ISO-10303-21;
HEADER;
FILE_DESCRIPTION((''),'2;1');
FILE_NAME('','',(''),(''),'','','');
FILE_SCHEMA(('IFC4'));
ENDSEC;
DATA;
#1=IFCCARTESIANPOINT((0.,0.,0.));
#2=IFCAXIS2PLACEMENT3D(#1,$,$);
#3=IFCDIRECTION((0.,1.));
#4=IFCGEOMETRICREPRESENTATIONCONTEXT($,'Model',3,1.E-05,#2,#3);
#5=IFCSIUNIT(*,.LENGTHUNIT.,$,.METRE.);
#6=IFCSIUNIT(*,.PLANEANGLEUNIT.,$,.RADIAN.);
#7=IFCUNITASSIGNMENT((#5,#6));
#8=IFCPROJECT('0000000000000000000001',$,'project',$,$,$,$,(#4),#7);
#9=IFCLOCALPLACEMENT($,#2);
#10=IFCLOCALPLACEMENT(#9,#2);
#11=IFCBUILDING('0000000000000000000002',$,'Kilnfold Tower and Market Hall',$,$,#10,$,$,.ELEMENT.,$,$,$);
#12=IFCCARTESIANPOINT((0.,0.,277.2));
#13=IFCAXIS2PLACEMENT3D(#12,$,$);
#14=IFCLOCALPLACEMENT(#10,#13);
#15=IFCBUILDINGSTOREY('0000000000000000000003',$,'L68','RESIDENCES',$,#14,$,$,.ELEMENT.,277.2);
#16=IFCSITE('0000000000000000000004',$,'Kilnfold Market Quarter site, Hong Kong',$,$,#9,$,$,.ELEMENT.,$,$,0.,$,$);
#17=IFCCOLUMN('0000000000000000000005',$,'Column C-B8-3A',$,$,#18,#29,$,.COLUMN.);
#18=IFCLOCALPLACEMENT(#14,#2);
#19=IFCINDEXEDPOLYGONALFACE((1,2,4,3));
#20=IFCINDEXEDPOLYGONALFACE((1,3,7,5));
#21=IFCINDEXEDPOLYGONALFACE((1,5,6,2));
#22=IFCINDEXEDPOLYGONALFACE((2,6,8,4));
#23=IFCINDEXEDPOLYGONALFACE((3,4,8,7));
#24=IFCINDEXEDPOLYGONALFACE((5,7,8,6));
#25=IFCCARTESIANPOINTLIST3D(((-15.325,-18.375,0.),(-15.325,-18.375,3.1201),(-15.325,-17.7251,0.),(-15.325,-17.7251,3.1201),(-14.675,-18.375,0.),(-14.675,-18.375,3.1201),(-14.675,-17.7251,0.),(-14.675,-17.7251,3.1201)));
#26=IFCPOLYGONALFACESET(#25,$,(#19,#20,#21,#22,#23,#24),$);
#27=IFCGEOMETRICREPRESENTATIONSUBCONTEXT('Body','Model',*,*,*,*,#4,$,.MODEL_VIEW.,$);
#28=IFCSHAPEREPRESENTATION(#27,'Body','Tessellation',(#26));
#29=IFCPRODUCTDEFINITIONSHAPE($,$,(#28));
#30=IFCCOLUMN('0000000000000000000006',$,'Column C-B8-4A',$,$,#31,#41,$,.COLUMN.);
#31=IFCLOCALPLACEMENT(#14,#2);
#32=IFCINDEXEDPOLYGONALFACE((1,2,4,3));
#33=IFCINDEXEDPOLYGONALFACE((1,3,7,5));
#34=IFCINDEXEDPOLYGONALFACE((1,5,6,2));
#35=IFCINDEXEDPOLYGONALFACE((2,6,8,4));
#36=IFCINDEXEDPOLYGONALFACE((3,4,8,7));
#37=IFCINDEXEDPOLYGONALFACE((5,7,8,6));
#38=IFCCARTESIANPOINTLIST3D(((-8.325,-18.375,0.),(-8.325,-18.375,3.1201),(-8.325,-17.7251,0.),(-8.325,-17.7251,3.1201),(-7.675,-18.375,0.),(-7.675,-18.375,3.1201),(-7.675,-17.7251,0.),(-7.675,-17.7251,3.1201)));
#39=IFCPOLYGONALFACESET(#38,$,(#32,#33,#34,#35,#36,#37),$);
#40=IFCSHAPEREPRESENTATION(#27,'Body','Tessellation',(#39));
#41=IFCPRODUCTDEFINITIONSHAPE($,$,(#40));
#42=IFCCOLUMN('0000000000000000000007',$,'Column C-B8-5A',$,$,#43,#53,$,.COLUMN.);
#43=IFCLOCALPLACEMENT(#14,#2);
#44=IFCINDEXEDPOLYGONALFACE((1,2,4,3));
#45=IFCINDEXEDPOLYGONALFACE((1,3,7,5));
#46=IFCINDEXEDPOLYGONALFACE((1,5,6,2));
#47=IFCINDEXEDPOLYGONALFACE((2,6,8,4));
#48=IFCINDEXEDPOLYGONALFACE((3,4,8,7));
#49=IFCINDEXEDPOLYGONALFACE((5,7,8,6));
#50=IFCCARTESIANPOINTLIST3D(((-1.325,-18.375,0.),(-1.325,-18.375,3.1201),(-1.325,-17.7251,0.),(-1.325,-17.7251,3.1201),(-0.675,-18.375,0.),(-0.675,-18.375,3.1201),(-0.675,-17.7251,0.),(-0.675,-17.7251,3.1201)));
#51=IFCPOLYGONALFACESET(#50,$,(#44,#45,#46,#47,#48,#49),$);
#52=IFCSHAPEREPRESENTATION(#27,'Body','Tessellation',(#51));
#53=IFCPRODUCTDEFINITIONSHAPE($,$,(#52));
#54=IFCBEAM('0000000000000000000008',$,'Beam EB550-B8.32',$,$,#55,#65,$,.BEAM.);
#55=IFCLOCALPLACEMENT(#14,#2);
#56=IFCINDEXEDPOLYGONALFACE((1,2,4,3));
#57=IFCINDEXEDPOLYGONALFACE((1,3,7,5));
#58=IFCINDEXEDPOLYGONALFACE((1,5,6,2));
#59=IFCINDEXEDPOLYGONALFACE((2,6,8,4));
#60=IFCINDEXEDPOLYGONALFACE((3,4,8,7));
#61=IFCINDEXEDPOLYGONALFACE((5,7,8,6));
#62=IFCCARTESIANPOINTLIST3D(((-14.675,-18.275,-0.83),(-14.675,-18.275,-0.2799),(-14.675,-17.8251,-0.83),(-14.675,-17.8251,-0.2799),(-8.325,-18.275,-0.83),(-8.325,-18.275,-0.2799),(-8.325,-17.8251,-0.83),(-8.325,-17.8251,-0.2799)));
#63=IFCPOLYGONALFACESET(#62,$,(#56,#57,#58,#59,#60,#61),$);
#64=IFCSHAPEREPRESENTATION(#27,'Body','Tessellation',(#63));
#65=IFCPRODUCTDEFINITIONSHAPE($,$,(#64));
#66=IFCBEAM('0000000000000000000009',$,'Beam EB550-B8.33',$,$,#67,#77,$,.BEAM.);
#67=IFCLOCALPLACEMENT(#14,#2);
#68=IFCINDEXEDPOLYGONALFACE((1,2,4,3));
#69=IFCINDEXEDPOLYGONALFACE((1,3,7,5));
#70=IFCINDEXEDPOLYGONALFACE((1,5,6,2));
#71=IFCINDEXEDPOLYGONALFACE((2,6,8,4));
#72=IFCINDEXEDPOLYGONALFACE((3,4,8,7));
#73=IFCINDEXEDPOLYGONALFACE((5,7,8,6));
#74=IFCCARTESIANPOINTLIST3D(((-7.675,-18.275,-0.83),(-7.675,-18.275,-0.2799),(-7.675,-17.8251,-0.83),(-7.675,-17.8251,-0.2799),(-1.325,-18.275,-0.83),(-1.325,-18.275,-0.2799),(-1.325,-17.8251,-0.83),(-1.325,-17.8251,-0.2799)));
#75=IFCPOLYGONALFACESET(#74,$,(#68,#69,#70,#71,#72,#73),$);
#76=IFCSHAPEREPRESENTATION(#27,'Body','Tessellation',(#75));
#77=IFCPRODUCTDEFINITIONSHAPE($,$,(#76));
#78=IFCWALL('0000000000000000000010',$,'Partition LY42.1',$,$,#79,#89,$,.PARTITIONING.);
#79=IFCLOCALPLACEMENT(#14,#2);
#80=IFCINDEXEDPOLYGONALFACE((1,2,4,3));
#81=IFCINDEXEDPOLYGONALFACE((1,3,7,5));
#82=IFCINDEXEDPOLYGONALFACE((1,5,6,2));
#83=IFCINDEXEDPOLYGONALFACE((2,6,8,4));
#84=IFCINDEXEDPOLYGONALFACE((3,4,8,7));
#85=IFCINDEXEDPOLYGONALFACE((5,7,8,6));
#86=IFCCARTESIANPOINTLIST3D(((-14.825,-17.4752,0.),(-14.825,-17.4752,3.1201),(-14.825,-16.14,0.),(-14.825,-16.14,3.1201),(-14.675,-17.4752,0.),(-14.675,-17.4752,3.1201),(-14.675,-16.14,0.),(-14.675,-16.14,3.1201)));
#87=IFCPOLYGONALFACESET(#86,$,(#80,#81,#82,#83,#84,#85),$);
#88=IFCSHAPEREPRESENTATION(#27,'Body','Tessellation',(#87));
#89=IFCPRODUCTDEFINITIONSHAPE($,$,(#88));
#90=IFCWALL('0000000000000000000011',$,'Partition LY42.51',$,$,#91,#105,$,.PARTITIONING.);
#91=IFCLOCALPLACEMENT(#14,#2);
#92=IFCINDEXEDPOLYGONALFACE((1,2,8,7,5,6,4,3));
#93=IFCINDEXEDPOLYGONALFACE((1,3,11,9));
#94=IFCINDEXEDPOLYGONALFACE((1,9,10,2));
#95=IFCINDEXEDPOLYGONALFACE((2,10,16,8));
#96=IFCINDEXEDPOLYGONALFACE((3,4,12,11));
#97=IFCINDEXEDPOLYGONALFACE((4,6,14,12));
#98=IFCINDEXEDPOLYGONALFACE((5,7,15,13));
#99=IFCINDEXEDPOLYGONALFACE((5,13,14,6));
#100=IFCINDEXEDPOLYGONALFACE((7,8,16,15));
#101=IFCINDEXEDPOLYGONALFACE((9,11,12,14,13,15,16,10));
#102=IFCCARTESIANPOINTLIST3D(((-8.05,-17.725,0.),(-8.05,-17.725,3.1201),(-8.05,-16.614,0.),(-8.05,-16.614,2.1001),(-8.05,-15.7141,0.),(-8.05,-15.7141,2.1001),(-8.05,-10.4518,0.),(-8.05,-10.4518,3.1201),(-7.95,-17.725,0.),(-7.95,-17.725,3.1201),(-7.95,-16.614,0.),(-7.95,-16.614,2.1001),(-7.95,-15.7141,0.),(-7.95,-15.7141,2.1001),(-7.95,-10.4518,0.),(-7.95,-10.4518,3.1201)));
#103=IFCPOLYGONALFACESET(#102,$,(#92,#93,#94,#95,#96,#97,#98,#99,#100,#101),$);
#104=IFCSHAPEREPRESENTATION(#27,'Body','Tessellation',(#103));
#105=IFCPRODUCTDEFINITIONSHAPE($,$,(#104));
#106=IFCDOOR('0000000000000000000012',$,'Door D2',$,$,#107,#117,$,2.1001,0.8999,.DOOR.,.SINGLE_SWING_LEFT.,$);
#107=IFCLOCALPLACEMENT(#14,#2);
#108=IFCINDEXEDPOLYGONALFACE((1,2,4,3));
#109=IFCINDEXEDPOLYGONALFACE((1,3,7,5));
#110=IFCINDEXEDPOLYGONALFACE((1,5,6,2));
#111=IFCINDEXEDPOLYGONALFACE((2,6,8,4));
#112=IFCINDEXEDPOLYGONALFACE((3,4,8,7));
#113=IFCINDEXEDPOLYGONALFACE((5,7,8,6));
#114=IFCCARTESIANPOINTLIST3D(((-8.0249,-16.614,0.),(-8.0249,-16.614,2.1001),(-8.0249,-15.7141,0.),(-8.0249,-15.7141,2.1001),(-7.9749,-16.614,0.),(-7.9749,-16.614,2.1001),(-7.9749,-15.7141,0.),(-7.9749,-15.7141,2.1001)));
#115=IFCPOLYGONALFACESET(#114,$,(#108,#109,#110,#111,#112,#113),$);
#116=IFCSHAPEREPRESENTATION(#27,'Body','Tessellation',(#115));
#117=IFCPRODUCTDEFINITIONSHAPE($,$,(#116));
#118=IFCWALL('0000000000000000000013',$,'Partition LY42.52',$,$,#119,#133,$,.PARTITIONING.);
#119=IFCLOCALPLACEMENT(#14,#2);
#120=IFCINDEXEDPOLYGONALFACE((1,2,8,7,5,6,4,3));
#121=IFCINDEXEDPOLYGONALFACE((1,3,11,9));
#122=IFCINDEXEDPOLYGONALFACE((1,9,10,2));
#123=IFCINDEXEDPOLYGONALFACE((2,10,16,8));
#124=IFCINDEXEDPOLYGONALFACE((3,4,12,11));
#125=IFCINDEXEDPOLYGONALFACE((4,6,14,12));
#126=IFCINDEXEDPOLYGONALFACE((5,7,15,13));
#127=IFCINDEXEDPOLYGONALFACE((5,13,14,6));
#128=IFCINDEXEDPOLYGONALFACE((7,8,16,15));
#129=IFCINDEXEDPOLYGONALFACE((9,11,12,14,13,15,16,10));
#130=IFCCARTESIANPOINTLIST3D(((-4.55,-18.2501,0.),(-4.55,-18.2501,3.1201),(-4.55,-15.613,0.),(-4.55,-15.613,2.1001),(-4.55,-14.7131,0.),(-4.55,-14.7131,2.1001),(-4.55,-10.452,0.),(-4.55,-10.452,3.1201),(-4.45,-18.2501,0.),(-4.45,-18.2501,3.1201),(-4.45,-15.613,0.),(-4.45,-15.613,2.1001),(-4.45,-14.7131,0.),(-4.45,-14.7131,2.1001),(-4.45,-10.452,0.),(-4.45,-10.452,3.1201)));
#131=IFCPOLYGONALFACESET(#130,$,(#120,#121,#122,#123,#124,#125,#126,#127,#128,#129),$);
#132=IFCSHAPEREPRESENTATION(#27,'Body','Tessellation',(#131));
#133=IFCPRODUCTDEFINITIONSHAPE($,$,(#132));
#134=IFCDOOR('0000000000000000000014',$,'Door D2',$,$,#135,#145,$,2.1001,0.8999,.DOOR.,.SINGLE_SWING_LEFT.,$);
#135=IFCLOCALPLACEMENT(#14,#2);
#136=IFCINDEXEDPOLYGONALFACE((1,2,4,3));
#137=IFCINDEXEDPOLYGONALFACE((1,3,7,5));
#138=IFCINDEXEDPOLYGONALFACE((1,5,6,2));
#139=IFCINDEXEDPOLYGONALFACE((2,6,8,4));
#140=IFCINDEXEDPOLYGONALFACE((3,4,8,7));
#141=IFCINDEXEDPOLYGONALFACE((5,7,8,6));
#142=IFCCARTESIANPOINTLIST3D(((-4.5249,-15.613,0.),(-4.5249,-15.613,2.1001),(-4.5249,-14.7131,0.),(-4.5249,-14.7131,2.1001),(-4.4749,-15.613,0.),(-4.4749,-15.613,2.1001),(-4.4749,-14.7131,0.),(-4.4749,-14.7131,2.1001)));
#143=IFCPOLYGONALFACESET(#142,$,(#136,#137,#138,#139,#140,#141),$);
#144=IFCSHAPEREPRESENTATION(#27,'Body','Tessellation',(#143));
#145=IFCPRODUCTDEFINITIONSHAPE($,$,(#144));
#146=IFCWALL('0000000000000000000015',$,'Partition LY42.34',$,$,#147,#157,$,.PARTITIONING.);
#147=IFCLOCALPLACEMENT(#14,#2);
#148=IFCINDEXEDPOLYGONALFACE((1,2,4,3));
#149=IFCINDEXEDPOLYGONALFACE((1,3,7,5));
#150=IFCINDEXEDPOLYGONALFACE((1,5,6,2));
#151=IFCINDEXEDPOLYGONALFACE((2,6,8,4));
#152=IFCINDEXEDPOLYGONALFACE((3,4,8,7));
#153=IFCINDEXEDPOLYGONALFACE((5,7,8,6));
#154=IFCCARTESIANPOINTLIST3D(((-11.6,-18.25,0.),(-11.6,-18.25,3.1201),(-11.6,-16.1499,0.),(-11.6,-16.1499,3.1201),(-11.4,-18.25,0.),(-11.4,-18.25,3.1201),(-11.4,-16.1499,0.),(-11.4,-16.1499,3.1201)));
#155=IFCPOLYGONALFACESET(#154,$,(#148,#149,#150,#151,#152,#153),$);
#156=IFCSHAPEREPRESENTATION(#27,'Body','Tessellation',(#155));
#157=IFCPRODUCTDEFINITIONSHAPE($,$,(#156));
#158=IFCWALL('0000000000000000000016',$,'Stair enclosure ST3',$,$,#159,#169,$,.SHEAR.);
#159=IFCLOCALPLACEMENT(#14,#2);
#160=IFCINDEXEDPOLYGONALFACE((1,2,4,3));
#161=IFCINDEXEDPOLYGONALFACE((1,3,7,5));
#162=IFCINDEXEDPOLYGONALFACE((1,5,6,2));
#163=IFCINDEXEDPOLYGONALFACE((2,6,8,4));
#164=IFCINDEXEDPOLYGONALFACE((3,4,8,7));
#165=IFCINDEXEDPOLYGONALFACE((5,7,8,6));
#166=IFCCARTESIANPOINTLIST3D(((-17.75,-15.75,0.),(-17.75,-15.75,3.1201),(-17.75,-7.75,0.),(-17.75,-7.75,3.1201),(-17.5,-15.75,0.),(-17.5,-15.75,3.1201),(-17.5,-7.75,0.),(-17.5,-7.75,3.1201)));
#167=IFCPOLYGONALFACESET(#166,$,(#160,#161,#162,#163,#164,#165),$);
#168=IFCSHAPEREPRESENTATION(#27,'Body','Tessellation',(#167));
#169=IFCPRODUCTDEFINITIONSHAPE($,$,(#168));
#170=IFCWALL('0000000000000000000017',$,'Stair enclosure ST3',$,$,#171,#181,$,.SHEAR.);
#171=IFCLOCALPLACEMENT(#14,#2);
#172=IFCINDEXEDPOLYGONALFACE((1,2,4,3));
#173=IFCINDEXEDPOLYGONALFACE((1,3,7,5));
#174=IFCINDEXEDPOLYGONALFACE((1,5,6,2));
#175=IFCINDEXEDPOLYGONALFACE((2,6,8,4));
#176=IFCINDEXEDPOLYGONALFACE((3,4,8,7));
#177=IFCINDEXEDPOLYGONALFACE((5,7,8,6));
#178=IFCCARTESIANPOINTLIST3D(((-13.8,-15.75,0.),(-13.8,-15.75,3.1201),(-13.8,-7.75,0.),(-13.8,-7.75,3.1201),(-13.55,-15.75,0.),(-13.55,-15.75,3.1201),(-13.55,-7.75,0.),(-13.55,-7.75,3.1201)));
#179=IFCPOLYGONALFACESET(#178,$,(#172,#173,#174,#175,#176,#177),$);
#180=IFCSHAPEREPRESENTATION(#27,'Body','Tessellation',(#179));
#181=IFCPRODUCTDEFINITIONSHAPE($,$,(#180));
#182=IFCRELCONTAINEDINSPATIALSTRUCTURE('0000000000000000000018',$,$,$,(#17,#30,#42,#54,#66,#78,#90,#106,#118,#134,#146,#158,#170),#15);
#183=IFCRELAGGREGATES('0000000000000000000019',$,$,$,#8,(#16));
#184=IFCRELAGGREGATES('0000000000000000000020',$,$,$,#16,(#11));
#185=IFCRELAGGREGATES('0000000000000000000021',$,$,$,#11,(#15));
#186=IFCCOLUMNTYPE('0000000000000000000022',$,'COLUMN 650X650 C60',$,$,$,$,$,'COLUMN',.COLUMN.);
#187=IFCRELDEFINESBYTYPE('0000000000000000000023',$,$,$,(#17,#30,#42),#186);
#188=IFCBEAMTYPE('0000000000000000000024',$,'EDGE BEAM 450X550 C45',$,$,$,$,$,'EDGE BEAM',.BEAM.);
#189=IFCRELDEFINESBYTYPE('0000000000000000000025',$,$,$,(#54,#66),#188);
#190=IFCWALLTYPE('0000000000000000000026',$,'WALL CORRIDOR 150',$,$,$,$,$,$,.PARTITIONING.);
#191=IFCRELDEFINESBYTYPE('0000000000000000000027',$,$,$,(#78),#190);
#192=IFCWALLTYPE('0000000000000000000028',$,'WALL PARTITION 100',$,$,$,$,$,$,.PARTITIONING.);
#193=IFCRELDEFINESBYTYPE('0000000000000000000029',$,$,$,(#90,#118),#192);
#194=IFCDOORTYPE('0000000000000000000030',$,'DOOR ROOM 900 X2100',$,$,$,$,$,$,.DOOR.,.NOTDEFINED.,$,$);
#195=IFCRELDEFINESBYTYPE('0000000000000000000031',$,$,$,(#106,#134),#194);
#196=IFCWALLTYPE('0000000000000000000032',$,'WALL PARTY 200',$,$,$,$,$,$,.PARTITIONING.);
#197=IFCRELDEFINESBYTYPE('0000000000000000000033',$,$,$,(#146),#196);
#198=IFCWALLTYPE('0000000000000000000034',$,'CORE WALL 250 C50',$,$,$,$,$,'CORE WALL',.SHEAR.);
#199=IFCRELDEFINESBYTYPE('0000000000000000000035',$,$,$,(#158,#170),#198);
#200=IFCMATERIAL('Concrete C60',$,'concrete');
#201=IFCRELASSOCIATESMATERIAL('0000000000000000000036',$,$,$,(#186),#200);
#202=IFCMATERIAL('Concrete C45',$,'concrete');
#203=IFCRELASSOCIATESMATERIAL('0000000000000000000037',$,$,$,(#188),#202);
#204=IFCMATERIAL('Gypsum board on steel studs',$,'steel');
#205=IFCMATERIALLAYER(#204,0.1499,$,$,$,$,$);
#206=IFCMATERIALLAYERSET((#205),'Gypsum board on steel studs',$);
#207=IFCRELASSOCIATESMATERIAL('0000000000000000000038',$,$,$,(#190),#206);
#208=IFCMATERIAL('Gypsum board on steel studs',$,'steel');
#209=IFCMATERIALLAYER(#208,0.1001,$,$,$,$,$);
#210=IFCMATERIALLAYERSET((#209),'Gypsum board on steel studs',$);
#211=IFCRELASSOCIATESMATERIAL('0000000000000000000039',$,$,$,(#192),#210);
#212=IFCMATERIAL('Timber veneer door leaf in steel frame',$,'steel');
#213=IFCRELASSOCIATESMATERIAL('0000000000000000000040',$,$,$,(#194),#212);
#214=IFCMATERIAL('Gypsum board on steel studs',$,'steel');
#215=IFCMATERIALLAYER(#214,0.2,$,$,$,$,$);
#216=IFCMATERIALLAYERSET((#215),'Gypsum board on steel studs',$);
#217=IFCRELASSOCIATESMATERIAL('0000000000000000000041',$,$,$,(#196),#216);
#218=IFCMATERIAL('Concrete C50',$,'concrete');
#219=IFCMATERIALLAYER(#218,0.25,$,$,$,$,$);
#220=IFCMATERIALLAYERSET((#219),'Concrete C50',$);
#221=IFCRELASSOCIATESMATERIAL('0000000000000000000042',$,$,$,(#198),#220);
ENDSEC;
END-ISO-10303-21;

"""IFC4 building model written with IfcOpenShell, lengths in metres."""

from ifc_helpers import new_model, si_unit, direction, frame, frame_2d, origin, origin_2d, place, context, subcontext, project, spatial, rectangle, extrude, source, transform, mapped, material, layer, layer_set, material_profile, profile_set, type_object, element, fill, save


model = new_model("IFC4")

# Units and contexts
model_context = context("Model", 3, precision=1e-05, world=origin(), true_north=direction((0.0, 1.0)))
body_context = subcontext(model_context, "Body", "Model", "MODEL_VIEW")
ifc_project = project(units=[si_unit("LENGTHUNIT", "METRE"), si_unit("PLANEANGLEUNIT", "RADIAN")], contexts=[model_context])

# Site, building, storey
site_placement = place(None, origin())
site = spatial("IfcSite", under=ifc_project, at=site_placement, Name="Kilnfold Market Quarter site, Hong Kong", CompositionType="ELEMENT", RefElevation=0.0)
building_placement = place(site_placement, origin())
building = spatial("IfcBuilding", under=site, at=building_placement, Name="Kilnfold Tower and Market Hall", CompositionType="ELEMENT")
storey_placement = place(building_placement, frame((0.0, 0.0, 277.2)))
storey = spatial("IfcBuildingStorey", under=building, at=storey_placement, Name="L68", Description="RESIDENCES", CompositionType="ELEMENT", Elevation=277.2)

# Columns
ifc_material_1 = material(Name="Concrete C60", Category="concrete")
ifc_material_profile_1 = material_profile(ifc_material_1, rectangle(XDim=0.6499, YDim=0.6499, at=origin_2d()), Name="RC 650x650")
ifc_profile_set_1 = profile_set([ifc_material_profile_1], Name="Concrete C60")
column_type = type_object("IfcColumnType", Name="COLUMN 650X650 C60", ElementType="COLUMN", PredefinedType="COLUMN", material=ifc_profile_set_1)
shared_shape_1 = source(origin(), body_context, "Body", "SweptSolid", [
    extrude(rectangle(XDim=0.6499, YDim=0.6499, at=origin_2d()), origin(), (0.0, 0.0, 1.0), 3.1201),
])
for number, where, z_axis, x_axis, name in (
    (1, (-15.0, -18.05, 0.0), (0.0, 0.0, 1.0), (1.0, 0.0, 0.0), "Column C-B8-3A"),
    (2, (-8.0, -18.05, 0.0), (0.0, 0.0, 1.0), (1.0, 0.0, 0.0), "Column C-B8-4A"),
    (3, (-1.0, -18.05, 0.0), (0.0, 0.0, 1.0), (1.0, 0.0, 0.0), "Column C-B8-5A"),
):
    element("IfcColumn", number, at=place(storey_placement, frame(where, z_axis=z_axis, x_axis=x_axis)), inside=storey, type_object=column_type, Name=name, PredefinedType="COLUMN", context=body_context, shape_type="MappedRepresentation", body=[
        mapped(shared_shape_1, transform((0.0, 0.0, 0.0))),
    ])

# Beams
ifc_material_2 = material(Name="Concrete C45", Category="concrete")
ifc_material_profile_2 = material_profile(ifc_material_2, rectangle(XDim=0.45, YDim=0.55, at=origin_2d()), Name="RC 450x550")
ifc_profile_set_2 = profile_set([ifc_material_profile_2], Name="Concrete C45")
beam_type = type_object("IfcBeamType", Name="EDGE BEAM 450X550 C45", ElementType="EDGE BEAM", PredefinedType="BEAM", material=ifc_profile_set_2)
shared_shape_2 = source(origin(), body_context, "Body", "SweptSolid", [
    extrude(rectangle(XDim=0.45, YDim=0.55, at=origin_2d()), origin(), (0.0, 0.0, 1.0), 6.3501),
])
for number, where, z_axis, x_axis, name in (
    (4, (-14.675, -18.05, -0.5549), (1.0, 0.0, 0.0), (0.0, 1.0, 0.0), "Beam EB550-B8.32"),
    (5, (-7.675, -18.05, -0.5549), (1.0, 0.0, 0.0), (0.0, 1.0, 0.0), "Beam EB550-B8.33"),
):
    element("IfcBeam", number, at=place(storey_placement, frame(where, z_axis=z_axis, x_axis=x_axis)), inside=storey, type_object=beam_type, Name=name, PredefinedType="BEAM", context=body_context, shape_type="MappedRepresentation", body=[
        mapped(shared_shape_2, transform((0.0, 0.0, 0.0))),
    ])

# Wall
ifc_material_3 = material(Name="Gypsum board on steel studs", Category="steel")
ifc_layer_1 = layer(ifc_material_3, 0.1499)
ifc_layer_set_1 = layer_set([ifc_layer_1], Name="Gypsum board on steel studs")
wall_type_1 = type_object("IfcWallType", Name="WALL CORRIDOR 150", PredefinedType="PARTITIONING", material=ifc_layer_set_1)
wall_1_placement = place(storey_placement, frame((-14.75, -17.4751, 0.0), z_axis=(0.0, 0.0, 1.0), x_axis=(0.0, 1.0, 0.0)))
element("IfcWall", 6, at=wall_1_placement, inside=storey, type_object=wall_type_1, Name="Partition LY42.1", PredefinedType="PARTITIONING", context=body_context, shape_type="SweptSolid", body=[
    extrude(rectangle(XDim=1.3352, YDim=0.1499, at=frame_2d((0.6675, 0.0))), origin(), (0.0, 0.0, 1.0), 3.1201),
])

# Walls, openings, doors
ifc_material_4 = material(Name="Gypsum board on steel studs", Category="steel")
ifc_layer_2 = layer(ifc_material_4, 0.1001)
ifc_layer_set_2 = layer_set([ifc_layer_2], Name="Gypsum board on steel studs")
wall_type_2 = type_object("IfcWallType", Name="WALL PARTITION 100", PredefinedType="PARTITIONING", material=ifc_layer_set_2)
wall_2_placement = place(storey_placement, frame((-8.0, -17.7251, 0.0), z_axis=(0.0, 0.0, 1.0), x_axis=(0.0, 1.0, 0.0)))
wall_2 = element("IfcWall", 7, at=wall_2_placement, inside=storey, type_object=wall_type_2, Name="Partition LY42.51", PredefinedType="PARTITIONING", context=body_context, shape_type="SweptSolid", body=[
    extrude(rectangle(XDim=7.2732, YDim=0.1001, at=frame_2d((3.6367, 0.0))), origin(), (0.0, 0.0, 1.0), 3.1201),
])
opening_1_placement = place(wall_2_placement, frame((1.1111, 0.0, 0.0)))
opening_1 = element("IfcOpeningElement", 8, at=opening_1_placement, cuts=wall_2, PredefinedType="OPENING", context=body_context, shape_type="SweptSolid", body=[
    extrude(rectangle(XDim=0.8999, YDim=2.1001, at=frame_2d((0.45, 1.05))), frame((0.0, 0.0601, 0.0), z_axis=(0.0, -1.0, 0.0), x_axis=(1.0, 0.0, 0.0)), (0.0, 0.0, 1.0), 0.1201),
])
ifc_material_5 = material(Name="Timber veneer door leaf in steel frame", Category="steel")
door_type = type_object("IfcDoorType", Name="DOOR ROOM 900 X2100", OperationType="NOTDEFINED", PredefinedType="DOOR", material=ifc_material_5)
door_1_placement = place(opening_1_placement, origin())
door_1 = element("IfcDoor", 9, at=door_1_placement, inside=storey, type_object=door_type, Name="Door D2", OperationType="SINGLE_SWING_LEFT", OverallHeight=2.1001, OverallWidth=0.8999, PredefinedType="DOOR", context=body_context, shape_type="SweptSolid", body=[
    extrude(rectangle(XDim=0.8999, YDim=2.1001, at=frame_2d((0.45, 1.05))), frame((0.0, 0.0249, 0.0), z_axis=(0.0, -1.0, 0.0), x_axis=(1.0, 0.0, 0.0)), (0.0, 0.0, 1.0), 0.05),
])
fill(opening_1, door_1)
wall_3_placement = place(storey_placement, frame((-4.5, -18.25, 0.0), z_axis=(0.0, 0.0, 1.0), x_axis=(0.0, 1.0, 0.0)))
wall_3 = element("IfcWall", 10, at=wall_3_placement, inside=storey, type_object=wall_type_2, Name="Partition LY42.52", PredefinedType="PARTITIONING", context=body_context, shape_type="SweptSolid", body=[
    extrude(rectangle(XDim=7.7981, YDim=0.1001, at=frame_2d((3.8989, 0.0))), origin(), (0.0, 0.0, 1.0), 3.1201),
])
opening_2_placement = place(wall_3_placement, frame((2.637, 0.0, 0.0)))
opening_2 = element("IfcOpeningElement", 11, at=opening_2_placement, cuts=wall_3, PredefinedType="OPENING", context=body_context, shape_type="SweptSolid", body=[
    extrude(rectangle(XDim=0.8999, YDim=2.1001, at=frame_2d((0.45, 1.05))), frame((0.0, 0.0601, 0.0), z_axis=(0.0, -1.0, 0.0), x_axis=(1.0, 0.0, 0.0)), (0.0, 0.0, 1.0), 0.1201),
])
door_2_placement = place(opening_2_placement, origin())
door_2 = element("IfcDoor", 12, at=door_2_placement, inside=storey, type_object=door_type, Name="Door D2", OperationType="SINGLE_SWING_LEFT", OverallHeight=2.1001, OverallWidth=0.8999, PredefinedType="DOOR", context=body_context, shape_type="SweptSolid", body=[
    extrude(rectangle(XDim=0.8999, YDim=2.1001, at=frame_2d((0.45, 1.05))), frame((0.0, 0.0249, 0.0), z_axis=(0.0, -1.0, 0.0), x_axis=(1.0, 0.0, 0.0)), (0.0, 0.0, 1.0), 0.05),
])
fill(opening_2, door_2)

# Walls
ifc_material_6 = material(Name="Gypsum board on steel studs", Category="steel")
ifc_layer_3 = layer(ifc_material_6, 0.2)
ifc_layer_set_3 = layer_set([ifc_layer_3], Name="Gypsum board on steel studs")
wall_type_3 = type_object("IfcWallType", Name="WALL PARTY 200", PredefinedType="PARTITIONING", material=ifc_layer_set_3)
wall_4_placement = place(storey_placement, frame((-11.5, -18.25, 0.0), z_axis=(0.0, 0.0, 1.0), x_axis=(0.0, 1.0, 0.0)))
element("IfcWall", 13, at=wall_4_placement, inside=storey, type_object=wall_type_3, Name="Partition LY42.34", PredefinedType="PARTITIONING", context=body_context, shape_type="SweptSolid", body=[
    extrude(rectangle(XDim=2.1001, YDim=0.2, at=frame_2d((1.05, 0.0))), origin(), (0.0, 0.0, 1.0), 3.1201),
])
ifc_material_7 = material(Name="Concrete C50", Category="concrete")
ifc_layer_4 = layer(ifc_material_7, 0.25)
ifc_layer_set_4 = layer_set([ifc_layer_4], Name="Concrete C50")
wall_type_4 = type_object("IfcWallType", Name="CORE WALL 250 C50", ElementType="CORE WALL", PredefinedType="SHEAR", material=ifc_layer_set_4)
shared_shape_3 = source(origin(), body_context, "Body", "SweptSolid", [
    extrude(rectangle(XDim=8.0, YDim=0.25, at=frame_2d((4.0, 0.0))), origin(), (0.0, 0.0, 1.0), 3.1201),
])
for number, where, z_axis, x_axis, name in (
    (14, (-17.625, -15.75, 0.0), (0.0, 0.0, 1.0), (0.0, 1.0, 0.0), "Stair enclosure ST3"),
    (15, (-13.675, -15.75, 0.0), (0.0, 0.0, 1.0), (0.0, 1.0, 0.0), "Stair enclosure ST3"),
):
    element("IfcWall", number, at=place(storey_placement, frame(where, z_axis=z_axis, x_axis=x_axis)), inside=storey, type_object=wall_type_4, Name=name, PredefinedType="SHEAR", context=body_context, shape_type="MappedRepresentation", body=[
        mapped(shared_shape_3, transform((0.0, 0.0, 0.0))),
    ])

save(model, "model.ifc")
